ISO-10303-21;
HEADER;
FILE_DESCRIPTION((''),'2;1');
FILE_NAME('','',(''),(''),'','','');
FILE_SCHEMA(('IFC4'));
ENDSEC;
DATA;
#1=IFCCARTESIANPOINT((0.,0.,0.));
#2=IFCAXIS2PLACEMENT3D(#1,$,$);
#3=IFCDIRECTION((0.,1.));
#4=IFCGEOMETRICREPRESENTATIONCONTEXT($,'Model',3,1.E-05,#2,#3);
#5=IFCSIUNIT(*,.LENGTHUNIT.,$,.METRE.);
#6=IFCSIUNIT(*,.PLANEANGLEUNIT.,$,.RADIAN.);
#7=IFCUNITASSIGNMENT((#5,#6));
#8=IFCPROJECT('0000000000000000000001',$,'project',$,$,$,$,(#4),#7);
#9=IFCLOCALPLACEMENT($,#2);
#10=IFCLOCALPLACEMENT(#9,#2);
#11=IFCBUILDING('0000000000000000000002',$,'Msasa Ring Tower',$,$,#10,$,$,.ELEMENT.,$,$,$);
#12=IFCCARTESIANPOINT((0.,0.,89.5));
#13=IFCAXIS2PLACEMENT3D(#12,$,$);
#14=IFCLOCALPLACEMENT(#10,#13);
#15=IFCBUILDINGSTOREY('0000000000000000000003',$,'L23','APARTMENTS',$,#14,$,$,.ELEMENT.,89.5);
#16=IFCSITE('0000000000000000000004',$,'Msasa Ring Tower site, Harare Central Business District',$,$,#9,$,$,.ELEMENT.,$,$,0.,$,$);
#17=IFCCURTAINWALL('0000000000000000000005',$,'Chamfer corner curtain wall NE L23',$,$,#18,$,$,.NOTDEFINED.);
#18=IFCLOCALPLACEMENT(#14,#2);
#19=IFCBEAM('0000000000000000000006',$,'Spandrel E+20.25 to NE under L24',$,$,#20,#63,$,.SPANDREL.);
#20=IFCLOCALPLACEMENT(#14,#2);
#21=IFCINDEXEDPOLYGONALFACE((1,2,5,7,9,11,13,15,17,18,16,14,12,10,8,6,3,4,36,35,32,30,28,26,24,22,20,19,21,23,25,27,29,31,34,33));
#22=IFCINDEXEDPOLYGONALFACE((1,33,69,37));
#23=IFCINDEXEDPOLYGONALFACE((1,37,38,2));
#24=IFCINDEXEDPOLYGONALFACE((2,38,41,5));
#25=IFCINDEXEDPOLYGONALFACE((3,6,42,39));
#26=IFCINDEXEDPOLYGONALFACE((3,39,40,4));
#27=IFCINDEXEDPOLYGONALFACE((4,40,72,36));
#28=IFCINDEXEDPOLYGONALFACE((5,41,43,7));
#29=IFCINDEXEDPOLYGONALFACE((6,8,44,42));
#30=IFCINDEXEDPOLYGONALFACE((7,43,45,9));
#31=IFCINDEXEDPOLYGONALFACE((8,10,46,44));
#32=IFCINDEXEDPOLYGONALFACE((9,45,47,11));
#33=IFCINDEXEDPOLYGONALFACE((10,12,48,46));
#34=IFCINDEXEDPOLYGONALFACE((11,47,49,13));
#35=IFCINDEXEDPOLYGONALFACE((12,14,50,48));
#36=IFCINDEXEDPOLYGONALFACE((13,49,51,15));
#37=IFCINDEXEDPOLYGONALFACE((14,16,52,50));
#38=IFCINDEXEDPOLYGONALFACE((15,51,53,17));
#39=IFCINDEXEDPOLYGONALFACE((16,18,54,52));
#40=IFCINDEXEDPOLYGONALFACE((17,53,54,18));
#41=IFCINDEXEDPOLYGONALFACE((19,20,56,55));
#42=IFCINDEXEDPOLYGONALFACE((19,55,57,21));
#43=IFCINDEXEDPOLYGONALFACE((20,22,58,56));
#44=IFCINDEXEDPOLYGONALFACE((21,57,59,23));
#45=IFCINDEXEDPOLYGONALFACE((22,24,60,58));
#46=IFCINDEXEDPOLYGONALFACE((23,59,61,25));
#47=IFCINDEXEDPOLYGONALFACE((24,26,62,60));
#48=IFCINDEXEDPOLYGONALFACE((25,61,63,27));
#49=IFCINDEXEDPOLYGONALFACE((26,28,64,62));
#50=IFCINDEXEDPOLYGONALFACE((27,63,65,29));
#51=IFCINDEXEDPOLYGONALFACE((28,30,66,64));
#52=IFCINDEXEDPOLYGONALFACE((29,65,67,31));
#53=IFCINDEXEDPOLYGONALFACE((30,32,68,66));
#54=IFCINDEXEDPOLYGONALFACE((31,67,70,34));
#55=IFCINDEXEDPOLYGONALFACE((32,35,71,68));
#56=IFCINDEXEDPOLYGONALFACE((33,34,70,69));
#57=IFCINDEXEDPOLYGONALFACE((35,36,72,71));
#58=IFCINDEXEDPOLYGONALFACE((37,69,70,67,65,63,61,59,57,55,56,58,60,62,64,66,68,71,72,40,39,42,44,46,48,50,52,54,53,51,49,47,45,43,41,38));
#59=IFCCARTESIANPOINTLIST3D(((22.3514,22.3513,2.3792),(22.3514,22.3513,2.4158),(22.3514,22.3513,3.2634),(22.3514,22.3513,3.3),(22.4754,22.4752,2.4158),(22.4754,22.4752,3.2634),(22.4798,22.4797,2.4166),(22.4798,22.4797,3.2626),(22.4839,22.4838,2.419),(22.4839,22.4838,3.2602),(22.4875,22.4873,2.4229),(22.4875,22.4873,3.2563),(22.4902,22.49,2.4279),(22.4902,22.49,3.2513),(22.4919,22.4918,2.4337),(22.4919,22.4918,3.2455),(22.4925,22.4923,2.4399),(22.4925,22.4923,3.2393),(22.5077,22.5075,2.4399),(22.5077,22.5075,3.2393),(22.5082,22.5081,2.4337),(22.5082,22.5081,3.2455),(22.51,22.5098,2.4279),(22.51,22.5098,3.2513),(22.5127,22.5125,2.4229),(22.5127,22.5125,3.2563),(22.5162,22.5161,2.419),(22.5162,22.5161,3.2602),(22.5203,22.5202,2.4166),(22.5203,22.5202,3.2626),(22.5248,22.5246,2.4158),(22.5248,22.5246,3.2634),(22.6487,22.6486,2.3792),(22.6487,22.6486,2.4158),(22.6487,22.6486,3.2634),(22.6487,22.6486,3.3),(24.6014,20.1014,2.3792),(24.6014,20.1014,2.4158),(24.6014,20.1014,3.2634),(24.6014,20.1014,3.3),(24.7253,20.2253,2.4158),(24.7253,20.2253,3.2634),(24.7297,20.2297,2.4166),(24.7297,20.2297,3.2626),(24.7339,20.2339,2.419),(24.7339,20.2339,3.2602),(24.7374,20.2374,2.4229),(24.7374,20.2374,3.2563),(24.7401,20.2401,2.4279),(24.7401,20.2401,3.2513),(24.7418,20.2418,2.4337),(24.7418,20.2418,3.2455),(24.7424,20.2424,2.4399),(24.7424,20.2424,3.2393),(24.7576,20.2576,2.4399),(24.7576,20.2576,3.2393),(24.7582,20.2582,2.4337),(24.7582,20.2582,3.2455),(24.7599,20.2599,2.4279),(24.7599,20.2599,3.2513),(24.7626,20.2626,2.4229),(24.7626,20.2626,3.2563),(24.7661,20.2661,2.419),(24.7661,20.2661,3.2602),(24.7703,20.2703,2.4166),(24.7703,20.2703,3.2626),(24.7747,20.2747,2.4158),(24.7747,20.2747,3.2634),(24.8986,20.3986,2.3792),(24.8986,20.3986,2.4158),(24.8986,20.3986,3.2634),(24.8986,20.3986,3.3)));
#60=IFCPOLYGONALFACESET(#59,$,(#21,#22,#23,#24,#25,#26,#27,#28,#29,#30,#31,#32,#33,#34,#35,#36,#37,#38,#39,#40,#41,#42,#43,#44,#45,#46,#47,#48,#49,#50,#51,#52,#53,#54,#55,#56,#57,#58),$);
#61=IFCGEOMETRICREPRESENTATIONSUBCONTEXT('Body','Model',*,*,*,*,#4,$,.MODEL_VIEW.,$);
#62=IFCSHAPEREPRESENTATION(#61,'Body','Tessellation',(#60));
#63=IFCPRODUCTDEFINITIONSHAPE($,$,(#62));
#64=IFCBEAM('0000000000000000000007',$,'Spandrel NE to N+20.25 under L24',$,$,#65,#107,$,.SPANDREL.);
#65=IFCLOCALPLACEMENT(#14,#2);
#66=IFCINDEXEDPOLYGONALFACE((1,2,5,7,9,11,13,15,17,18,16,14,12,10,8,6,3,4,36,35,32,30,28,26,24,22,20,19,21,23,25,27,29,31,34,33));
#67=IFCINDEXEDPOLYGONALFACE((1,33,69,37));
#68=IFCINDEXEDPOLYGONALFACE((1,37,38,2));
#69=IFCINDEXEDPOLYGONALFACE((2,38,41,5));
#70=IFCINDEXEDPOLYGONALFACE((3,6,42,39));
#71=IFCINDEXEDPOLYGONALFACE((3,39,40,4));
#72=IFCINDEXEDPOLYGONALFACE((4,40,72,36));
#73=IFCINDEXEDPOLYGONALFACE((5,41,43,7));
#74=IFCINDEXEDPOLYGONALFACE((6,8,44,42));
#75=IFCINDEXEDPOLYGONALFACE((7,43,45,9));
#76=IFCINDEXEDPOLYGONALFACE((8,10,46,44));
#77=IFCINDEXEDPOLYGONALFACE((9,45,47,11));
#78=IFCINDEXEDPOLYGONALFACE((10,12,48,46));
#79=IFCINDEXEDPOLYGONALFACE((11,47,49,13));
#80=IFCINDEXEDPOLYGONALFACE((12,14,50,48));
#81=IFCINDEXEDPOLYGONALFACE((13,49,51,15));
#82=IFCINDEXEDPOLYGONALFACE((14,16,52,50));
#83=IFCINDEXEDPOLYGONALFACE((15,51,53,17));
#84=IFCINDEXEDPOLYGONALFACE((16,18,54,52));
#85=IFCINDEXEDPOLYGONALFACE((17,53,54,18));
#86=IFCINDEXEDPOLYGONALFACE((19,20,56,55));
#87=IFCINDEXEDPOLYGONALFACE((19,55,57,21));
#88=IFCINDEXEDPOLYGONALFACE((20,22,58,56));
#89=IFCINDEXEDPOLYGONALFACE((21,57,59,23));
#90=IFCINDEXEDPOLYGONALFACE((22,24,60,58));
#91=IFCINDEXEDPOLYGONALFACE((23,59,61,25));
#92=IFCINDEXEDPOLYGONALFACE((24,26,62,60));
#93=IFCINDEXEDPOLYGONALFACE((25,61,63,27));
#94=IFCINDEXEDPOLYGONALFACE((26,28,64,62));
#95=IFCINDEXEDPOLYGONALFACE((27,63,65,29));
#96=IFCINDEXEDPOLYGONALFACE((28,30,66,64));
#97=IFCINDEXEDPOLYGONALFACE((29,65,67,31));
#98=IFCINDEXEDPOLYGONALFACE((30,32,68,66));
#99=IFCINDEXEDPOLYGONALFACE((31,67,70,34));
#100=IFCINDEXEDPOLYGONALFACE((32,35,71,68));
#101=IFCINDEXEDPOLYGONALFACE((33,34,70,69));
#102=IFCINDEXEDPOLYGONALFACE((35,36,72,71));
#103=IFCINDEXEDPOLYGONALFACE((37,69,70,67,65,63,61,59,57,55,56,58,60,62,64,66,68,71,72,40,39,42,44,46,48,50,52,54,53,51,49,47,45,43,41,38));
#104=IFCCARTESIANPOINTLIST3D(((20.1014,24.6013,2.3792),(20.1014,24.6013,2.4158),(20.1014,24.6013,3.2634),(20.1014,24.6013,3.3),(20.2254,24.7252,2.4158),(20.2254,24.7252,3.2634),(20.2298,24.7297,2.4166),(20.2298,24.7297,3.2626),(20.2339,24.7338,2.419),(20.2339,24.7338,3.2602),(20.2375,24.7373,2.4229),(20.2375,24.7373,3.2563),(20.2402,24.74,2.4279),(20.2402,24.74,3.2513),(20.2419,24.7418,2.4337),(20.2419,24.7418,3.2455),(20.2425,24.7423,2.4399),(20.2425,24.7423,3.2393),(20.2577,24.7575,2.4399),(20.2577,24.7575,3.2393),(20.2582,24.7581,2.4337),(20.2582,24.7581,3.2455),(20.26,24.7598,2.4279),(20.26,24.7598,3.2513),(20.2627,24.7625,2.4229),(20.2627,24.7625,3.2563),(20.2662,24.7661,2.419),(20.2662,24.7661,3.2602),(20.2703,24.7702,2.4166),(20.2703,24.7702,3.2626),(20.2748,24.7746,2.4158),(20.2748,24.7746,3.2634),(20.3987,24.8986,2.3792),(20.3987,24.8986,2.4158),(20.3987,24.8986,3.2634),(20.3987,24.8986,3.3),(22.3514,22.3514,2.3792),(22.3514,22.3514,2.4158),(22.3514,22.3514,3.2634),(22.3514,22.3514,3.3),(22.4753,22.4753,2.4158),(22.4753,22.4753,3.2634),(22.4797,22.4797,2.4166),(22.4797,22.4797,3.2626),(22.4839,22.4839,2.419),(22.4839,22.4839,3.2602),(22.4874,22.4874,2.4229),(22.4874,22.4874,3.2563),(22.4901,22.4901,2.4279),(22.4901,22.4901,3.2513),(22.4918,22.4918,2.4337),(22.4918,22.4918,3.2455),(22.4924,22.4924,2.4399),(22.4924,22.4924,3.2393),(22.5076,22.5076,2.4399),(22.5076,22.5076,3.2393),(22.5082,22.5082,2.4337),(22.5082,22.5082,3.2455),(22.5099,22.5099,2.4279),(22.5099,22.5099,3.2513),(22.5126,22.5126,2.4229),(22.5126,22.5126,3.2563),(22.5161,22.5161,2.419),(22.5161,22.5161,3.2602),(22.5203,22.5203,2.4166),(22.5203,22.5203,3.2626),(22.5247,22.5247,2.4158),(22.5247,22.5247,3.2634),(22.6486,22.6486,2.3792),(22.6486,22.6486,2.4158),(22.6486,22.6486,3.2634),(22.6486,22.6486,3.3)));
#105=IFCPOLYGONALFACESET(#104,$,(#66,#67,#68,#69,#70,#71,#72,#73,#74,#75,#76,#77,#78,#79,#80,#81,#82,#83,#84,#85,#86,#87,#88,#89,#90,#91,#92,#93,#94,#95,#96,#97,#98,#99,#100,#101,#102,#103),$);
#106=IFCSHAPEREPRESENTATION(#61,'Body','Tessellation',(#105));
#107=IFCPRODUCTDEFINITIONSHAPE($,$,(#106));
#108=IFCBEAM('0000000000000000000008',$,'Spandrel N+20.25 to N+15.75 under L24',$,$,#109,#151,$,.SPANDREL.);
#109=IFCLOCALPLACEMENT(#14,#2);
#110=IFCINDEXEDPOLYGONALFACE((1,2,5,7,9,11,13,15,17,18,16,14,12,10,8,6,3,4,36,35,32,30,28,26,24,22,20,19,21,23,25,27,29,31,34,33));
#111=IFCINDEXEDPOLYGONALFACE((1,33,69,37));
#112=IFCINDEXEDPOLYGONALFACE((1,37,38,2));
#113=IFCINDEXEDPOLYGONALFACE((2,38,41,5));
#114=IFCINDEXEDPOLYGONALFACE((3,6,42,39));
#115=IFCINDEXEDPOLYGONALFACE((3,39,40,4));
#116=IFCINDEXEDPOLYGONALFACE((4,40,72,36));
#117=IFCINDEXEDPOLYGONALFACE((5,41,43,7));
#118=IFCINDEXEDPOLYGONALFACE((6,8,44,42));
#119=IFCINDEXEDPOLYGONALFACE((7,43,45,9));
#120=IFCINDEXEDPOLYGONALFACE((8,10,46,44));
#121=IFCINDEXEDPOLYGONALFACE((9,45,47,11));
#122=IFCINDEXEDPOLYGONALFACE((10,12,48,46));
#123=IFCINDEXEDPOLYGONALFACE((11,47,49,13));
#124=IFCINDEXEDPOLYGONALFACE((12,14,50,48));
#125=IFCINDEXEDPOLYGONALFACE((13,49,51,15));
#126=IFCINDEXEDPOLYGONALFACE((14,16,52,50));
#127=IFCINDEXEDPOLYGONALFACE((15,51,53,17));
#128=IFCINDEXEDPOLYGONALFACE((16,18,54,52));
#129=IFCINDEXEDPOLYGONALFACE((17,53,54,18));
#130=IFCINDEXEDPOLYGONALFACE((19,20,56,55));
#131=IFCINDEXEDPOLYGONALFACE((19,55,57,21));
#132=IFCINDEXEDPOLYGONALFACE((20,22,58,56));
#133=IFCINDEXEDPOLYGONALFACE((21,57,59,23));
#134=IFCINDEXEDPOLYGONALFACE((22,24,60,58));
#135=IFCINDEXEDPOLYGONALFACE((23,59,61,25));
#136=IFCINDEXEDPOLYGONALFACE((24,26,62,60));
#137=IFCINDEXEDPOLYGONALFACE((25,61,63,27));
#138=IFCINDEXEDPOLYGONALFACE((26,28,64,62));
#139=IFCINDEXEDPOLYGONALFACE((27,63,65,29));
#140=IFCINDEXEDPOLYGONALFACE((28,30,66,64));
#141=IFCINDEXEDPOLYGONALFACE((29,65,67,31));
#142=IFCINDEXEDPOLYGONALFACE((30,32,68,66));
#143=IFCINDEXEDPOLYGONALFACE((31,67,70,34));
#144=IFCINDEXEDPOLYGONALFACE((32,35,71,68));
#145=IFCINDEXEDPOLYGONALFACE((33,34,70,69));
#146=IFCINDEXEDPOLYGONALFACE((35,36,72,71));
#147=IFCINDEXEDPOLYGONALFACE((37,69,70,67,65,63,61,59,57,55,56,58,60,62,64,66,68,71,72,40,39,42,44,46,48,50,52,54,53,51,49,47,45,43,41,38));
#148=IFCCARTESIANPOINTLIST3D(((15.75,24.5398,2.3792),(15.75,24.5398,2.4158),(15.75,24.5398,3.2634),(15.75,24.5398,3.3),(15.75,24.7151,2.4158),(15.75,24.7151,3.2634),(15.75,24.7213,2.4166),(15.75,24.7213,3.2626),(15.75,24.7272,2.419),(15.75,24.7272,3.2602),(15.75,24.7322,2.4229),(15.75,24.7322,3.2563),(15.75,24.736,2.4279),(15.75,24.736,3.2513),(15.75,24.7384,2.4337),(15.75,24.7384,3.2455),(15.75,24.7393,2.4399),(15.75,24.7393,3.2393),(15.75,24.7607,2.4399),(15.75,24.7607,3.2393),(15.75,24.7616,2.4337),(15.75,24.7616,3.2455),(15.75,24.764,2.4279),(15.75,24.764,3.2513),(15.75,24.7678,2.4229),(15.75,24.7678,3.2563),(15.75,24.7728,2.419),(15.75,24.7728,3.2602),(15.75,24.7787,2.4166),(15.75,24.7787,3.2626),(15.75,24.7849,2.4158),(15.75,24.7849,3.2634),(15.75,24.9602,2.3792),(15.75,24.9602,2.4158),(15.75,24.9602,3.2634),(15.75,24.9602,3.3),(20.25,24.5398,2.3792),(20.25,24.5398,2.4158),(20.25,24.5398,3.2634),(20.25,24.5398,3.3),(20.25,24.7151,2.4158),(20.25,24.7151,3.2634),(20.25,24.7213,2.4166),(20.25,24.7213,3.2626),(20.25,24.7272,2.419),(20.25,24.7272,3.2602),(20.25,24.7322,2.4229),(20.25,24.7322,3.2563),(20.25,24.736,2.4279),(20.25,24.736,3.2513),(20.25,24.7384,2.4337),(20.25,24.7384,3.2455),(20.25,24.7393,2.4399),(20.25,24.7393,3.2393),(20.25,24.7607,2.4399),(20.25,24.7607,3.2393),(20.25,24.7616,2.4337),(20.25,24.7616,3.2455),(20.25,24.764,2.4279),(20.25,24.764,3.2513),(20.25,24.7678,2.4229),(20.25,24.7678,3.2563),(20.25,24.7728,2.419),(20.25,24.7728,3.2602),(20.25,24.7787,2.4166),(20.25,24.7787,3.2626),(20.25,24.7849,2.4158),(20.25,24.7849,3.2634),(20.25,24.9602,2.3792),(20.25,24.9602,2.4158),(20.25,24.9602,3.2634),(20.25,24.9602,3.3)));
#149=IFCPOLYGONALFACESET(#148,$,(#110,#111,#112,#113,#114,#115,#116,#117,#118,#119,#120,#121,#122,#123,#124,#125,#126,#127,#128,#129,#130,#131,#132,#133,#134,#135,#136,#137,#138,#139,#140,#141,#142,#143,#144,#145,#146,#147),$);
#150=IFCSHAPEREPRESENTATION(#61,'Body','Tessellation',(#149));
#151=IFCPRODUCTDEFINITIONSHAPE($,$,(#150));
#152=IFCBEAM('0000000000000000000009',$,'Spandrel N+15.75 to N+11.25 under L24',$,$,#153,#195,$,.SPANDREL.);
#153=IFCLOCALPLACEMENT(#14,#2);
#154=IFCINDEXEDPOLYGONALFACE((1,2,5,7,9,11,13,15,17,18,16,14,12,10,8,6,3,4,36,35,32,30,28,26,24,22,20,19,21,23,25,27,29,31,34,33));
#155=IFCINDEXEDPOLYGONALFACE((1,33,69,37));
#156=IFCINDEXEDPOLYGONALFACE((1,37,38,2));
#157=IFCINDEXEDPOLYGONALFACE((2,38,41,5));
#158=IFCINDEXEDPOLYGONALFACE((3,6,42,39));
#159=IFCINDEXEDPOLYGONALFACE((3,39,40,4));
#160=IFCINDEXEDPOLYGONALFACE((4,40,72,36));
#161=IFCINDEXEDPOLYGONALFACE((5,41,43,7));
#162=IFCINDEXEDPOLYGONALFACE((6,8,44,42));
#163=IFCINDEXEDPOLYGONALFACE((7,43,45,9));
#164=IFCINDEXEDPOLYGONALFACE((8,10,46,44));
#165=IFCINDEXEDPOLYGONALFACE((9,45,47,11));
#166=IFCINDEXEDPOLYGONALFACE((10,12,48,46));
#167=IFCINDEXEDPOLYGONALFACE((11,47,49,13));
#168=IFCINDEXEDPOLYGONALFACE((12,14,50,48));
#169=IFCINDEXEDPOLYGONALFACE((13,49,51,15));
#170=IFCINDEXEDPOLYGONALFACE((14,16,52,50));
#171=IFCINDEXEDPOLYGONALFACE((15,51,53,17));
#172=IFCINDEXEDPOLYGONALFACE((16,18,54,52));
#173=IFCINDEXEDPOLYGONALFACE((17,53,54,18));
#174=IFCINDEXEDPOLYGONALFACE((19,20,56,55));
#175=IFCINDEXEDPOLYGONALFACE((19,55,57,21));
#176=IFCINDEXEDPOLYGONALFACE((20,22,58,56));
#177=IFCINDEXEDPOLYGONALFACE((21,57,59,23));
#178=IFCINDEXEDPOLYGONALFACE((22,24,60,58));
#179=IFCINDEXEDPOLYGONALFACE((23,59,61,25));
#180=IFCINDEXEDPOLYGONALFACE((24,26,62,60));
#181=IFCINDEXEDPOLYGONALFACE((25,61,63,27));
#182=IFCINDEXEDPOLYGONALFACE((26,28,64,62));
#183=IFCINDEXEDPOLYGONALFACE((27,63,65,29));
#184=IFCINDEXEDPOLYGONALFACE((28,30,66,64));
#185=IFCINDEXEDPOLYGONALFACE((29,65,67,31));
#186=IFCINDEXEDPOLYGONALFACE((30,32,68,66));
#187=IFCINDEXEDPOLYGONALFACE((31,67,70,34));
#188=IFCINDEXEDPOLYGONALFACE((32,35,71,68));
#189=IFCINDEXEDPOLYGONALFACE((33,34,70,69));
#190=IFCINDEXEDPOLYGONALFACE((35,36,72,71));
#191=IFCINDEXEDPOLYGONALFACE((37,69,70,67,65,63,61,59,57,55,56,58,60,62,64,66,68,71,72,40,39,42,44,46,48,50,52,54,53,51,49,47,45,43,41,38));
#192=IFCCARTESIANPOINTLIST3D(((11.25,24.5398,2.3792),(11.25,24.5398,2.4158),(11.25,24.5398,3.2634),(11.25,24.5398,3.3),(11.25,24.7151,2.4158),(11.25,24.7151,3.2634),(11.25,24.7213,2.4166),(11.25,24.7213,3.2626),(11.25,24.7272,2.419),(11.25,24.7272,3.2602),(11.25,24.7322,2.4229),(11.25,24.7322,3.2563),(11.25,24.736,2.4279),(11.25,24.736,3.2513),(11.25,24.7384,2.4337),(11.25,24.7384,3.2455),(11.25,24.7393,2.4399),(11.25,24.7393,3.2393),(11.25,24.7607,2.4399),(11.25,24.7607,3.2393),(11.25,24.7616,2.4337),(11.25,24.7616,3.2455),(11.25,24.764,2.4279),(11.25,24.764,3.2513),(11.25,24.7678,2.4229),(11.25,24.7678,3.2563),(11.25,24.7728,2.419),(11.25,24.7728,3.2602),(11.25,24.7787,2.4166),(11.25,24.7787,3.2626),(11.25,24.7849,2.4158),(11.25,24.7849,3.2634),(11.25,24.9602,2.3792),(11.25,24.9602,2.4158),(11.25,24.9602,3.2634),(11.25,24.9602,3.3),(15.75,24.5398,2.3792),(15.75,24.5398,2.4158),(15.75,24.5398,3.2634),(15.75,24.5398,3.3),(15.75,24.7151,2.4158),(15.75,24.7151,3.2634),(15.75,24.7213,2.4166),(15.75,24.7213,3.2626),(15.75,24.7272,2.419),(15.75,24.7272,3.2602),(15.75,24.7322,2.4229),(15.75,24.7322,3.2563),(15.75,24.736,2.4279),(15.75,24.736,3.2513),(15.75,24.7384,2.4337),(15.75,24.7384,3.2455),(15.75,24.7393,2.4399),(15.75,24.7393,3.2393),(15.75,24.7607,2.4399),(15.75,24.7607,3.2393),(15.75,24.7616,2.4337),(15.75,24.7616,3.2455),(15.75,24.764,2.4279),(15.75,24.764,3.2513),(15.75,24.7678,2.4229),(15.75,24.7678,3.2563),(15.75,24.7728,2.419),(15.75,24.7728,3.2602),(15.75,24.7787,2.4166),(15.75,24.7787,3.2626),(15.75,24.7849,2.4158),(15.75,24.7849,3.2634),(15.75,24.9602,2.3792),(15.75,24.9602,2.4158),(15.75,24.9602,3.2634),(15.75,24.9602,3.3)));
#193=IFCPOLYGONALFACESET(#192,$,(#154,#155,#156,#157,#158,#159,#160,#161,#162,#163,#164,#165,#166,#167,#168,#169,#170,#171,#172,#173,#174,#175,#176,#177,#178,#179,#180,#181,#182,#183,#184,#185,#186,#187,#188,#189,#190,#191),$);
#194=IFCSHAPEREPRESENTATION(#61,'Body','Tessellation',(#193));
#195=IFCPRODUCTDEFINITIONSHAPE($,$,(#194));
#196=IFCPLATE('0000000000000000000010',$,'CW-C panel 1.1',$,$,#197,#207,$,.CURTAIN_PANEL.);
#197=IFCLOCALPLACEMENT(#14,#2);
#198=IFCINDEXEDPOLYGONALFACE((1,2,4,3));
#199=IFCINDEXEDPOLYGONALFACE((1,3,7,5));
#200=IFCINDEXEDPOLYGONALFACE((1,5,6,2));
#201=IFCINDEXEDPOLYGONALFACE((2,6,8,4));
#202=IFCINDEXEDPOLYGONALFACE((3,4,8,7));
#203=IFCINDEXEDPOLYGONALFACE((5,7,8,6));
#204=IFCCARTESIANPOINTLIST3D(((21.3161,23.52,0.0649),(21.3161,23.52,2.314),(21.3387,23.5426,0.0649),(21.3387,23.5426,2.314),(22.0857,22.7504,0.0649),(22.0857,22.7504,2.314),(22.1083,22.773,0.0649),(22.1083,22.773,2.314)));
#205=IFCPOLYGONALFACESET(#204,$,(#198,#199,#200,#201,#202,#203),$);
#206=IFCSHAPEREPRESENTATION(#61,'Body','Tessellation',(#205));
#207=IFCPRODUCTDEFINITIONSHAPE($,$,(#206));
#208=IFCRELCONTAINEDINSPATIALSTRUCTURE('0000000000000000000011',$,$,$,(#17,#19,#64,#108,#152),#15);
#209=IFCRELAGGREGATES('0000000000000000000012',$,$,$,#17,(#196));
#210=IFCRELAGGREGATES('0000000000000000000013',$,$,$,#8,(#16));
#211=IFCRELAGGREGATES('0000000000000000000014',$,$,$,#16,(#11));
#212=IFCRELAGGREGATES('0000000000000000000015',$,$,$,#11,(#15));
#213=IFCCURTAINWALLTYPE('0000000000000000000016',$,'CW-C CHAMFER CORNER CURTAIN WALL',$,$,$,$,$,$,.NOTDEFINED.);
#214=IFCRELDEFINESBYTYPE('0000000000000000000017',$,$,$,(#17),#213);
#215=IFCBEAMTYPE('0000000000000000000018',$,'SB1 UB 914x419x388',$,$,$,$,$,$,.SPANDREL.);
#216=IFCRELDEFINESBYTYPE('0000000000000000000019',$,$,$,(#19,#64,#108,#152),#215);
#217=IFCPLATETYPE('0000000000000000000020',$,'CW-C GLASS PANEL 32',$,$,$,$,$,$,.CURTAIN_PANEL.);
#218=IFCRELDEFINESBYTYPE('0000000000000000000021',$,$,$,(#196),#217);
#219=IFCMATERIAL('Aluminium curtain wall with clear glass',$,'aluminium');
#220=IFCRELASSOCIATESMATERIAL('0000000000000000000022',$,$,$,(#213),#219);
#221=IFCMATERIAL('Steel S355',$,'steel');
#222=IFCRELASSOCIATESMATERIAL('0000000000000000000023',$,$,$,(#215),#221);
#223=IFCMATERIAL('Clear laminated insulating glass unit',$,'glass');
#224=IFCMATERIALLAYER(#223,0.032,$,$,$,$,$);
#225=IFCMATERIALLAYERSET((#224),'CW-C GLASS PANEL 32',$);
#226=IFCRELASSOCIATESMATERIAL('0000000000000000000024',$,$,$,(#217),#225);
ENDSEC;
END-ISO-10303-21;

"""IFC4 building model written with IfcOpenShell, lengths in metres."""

from ifc_helpers import new_model, si_unit, direction, frame, origin, origin_2d, place, context, subcontext, project, spatial, rectangle, i_section, extrude, material, layer, layer_set, material_profile, profile_set, type_object, element, aggregate, save


model = new_model("IFC4")

# Units and contexts
model_context = context("Model", 3, precision=1e-05, world=origin(), true_north=direction((0.0, 1.0)))
body_context = subcontext(model_context, "Body", "Model", "MODEL_VIEW")
ifc_project = project(units=[si_unit("LENGTHUNIT", "METRE"), si_unit("PLANEANGLEUNIT", "RADIAN")], contexts=[model_context])

# Site, building, storey
site_placement = place(None, origin())
site = spatial("IfcSite", under=ifc_project, at=site_placement, Name="Msasa Ring Tower site, Harare Central Business District", CompositionType="ELEMENT", RefElevation=0.0)
building_placement = place(site_placement, origin())
building = spatial("IfcBuilding", under=site, at=building_placement, Name="Msasa Ring Tower", CompositionType="ELEMENT")
storey_placement = place(building_placement, frame((0.0, 0.0, 89.5)))
storey = spatial("IfcBuildingStorey", under=building, at=storey_placement, Name="L23", Description="APARTMENTS", CompositionType="ELEMENT", Elevation=89.5)

# Curtain wall
ifc_material_1 = material(Name="Aluminium curtain wall with clear glass", Category="aluminium")
curtain_wall_type = type_object("IfcCurtainWallType", Name="CW-C CHAMFER CORNER CURTAIN WALL", PredefinedType="NOTDEFINED", material=ifc_material_1)
curtain_wall_1_placement = place(storey_placement, origin())
curtain_wall_1 = element("IfcCurtainWall", 1, at=curtain_wall_1_placement, inside=storey, type_object=curtain_wall_type, Name="Chamfer corner curtain wall NE L23", PredefinedType="NOTDEFINED")

# Beams
ifc_material_2 = material(Name="Steel S355", Category="steel")
ifc_material_profile_1 = material_profile(ifc_material_2, i_section(OverallWidth=0.4204, OverallDepth=0.9209, WebThickness=0.0215, FlangeThickness=0.0366, FilletRadius=0.0242, at=origin_2d()), Name="UB 914x419x388")
ifc_profile_set_1 = profile_set([ifc_material_profile_1], Name="Steel S355")
beam_type_1 = type_object("IfcBeamType", Name="SB1 UB 914x419x388", PredefinedType="SPANDREL", material=ifc_profile_set_1)
for number, where, z_axis, x_axis, name in (
    (2, (24.75, 20.25, 2.8396), (-0.707107, 0.707107, 0.0), (-0.707107, -0.707107, 0.0), "Spandrel E+20.25 to NE under L24"),
    (3, (22.5, 22.5, 2.8396), (-0.707107, 0.707107, 0.0), (-0.707107, -0.707107, 0.0), "Spandrel NE to N+20.25 under L24"),
):
    element("IfcBeam", number, at=place(storey_placement, frame(where, z_axis=z_axis, x_axis=x_axis)), inside=storey, type_object=beam_type_1, Name=name, PredefinedType="SPANDREL", context=body_context, shape_type="SweptSolid", body=[
        extrude(i_section(OverallWidth=0.4204, OverallDepth=0.9209, WebThickness=0.0215, FlangeThickness=0.0366, FilletRadius=0.0242, at=origin_2d()), origin(), (0.0, 0.0, 1.0), 3.1819),
    ])
for number, where, z_axis, x_axis, name in (
    (4, (20.25, 24.75, 2.8396), (-1.0, 0.0, 0.0), (0.0, -1.0, 0.0), "Spandrel N+20.25 to N+15.75 under L24"),
    (5, (15.75, 24.75, 2.8396), (-1.0, 0.0, 0.0), (0.0, -1.0, 0.0), "Spandrel N+15.75 to N+11.25 under L24"),
):
    element("IfcBeam", number, at=place(storey_placement, frame(where, z_axis=z_axis, x_axis=x_axis)), inside=storey, type_object=beam_type_1, Name=name, PredefinedType="SPANDREL", context=body_context, shape_type="SweptSolid", body=[
        extrude(i_section(OverallWidth=0.4204, OverallDepth=0.9209, WebThickness=0.0215, FlangeThickness=0.0366, FilletRadius=0.0242, at=origin_2d()), origin(), (0.0, 0.0, 1.0), 4.5),
    ])

# Plate
ifc_material_3 = material(Name="Clear laminated insulating glass unit", Category="glass")
ifc_layer_1 = layer(ifc_material_3, 0.032)
ifc_layer_set_1 = layer_set([ifc_layer_1], Name="CW-C GLASS PANEL 32")
plate_type = type_object("IfcPlateType", Name="CW-C GLASS PANEL 32", PredefinedType="CURTAIN_PANEL", material=ifc_layer_set_1)
plate_1_placement = place(storey_placement, frame((21.7122, 23.1465, 0.0649), z_axis=(0.0, 0.0, 1.0), x_axis=(-0.707107, 0.707107, 0.0)))
plate_1 = element("IfcPlate", 6, at=plate_1_placement, type_object=plate_type, Name="CW-C panel 1.1", PredefinedType="CURTAIN_PANEL", context=body_context, shape_type="SweptSolid", body=[
    extrude(rectangle(XDim=1.0884, YDim=0.032, at=origin_2d()), origin(), (0.0, 0.0, 1.0), 2.249),
])
aggregate(curtain_wall_1, [plate_1])

save(model, "model.ifc")
